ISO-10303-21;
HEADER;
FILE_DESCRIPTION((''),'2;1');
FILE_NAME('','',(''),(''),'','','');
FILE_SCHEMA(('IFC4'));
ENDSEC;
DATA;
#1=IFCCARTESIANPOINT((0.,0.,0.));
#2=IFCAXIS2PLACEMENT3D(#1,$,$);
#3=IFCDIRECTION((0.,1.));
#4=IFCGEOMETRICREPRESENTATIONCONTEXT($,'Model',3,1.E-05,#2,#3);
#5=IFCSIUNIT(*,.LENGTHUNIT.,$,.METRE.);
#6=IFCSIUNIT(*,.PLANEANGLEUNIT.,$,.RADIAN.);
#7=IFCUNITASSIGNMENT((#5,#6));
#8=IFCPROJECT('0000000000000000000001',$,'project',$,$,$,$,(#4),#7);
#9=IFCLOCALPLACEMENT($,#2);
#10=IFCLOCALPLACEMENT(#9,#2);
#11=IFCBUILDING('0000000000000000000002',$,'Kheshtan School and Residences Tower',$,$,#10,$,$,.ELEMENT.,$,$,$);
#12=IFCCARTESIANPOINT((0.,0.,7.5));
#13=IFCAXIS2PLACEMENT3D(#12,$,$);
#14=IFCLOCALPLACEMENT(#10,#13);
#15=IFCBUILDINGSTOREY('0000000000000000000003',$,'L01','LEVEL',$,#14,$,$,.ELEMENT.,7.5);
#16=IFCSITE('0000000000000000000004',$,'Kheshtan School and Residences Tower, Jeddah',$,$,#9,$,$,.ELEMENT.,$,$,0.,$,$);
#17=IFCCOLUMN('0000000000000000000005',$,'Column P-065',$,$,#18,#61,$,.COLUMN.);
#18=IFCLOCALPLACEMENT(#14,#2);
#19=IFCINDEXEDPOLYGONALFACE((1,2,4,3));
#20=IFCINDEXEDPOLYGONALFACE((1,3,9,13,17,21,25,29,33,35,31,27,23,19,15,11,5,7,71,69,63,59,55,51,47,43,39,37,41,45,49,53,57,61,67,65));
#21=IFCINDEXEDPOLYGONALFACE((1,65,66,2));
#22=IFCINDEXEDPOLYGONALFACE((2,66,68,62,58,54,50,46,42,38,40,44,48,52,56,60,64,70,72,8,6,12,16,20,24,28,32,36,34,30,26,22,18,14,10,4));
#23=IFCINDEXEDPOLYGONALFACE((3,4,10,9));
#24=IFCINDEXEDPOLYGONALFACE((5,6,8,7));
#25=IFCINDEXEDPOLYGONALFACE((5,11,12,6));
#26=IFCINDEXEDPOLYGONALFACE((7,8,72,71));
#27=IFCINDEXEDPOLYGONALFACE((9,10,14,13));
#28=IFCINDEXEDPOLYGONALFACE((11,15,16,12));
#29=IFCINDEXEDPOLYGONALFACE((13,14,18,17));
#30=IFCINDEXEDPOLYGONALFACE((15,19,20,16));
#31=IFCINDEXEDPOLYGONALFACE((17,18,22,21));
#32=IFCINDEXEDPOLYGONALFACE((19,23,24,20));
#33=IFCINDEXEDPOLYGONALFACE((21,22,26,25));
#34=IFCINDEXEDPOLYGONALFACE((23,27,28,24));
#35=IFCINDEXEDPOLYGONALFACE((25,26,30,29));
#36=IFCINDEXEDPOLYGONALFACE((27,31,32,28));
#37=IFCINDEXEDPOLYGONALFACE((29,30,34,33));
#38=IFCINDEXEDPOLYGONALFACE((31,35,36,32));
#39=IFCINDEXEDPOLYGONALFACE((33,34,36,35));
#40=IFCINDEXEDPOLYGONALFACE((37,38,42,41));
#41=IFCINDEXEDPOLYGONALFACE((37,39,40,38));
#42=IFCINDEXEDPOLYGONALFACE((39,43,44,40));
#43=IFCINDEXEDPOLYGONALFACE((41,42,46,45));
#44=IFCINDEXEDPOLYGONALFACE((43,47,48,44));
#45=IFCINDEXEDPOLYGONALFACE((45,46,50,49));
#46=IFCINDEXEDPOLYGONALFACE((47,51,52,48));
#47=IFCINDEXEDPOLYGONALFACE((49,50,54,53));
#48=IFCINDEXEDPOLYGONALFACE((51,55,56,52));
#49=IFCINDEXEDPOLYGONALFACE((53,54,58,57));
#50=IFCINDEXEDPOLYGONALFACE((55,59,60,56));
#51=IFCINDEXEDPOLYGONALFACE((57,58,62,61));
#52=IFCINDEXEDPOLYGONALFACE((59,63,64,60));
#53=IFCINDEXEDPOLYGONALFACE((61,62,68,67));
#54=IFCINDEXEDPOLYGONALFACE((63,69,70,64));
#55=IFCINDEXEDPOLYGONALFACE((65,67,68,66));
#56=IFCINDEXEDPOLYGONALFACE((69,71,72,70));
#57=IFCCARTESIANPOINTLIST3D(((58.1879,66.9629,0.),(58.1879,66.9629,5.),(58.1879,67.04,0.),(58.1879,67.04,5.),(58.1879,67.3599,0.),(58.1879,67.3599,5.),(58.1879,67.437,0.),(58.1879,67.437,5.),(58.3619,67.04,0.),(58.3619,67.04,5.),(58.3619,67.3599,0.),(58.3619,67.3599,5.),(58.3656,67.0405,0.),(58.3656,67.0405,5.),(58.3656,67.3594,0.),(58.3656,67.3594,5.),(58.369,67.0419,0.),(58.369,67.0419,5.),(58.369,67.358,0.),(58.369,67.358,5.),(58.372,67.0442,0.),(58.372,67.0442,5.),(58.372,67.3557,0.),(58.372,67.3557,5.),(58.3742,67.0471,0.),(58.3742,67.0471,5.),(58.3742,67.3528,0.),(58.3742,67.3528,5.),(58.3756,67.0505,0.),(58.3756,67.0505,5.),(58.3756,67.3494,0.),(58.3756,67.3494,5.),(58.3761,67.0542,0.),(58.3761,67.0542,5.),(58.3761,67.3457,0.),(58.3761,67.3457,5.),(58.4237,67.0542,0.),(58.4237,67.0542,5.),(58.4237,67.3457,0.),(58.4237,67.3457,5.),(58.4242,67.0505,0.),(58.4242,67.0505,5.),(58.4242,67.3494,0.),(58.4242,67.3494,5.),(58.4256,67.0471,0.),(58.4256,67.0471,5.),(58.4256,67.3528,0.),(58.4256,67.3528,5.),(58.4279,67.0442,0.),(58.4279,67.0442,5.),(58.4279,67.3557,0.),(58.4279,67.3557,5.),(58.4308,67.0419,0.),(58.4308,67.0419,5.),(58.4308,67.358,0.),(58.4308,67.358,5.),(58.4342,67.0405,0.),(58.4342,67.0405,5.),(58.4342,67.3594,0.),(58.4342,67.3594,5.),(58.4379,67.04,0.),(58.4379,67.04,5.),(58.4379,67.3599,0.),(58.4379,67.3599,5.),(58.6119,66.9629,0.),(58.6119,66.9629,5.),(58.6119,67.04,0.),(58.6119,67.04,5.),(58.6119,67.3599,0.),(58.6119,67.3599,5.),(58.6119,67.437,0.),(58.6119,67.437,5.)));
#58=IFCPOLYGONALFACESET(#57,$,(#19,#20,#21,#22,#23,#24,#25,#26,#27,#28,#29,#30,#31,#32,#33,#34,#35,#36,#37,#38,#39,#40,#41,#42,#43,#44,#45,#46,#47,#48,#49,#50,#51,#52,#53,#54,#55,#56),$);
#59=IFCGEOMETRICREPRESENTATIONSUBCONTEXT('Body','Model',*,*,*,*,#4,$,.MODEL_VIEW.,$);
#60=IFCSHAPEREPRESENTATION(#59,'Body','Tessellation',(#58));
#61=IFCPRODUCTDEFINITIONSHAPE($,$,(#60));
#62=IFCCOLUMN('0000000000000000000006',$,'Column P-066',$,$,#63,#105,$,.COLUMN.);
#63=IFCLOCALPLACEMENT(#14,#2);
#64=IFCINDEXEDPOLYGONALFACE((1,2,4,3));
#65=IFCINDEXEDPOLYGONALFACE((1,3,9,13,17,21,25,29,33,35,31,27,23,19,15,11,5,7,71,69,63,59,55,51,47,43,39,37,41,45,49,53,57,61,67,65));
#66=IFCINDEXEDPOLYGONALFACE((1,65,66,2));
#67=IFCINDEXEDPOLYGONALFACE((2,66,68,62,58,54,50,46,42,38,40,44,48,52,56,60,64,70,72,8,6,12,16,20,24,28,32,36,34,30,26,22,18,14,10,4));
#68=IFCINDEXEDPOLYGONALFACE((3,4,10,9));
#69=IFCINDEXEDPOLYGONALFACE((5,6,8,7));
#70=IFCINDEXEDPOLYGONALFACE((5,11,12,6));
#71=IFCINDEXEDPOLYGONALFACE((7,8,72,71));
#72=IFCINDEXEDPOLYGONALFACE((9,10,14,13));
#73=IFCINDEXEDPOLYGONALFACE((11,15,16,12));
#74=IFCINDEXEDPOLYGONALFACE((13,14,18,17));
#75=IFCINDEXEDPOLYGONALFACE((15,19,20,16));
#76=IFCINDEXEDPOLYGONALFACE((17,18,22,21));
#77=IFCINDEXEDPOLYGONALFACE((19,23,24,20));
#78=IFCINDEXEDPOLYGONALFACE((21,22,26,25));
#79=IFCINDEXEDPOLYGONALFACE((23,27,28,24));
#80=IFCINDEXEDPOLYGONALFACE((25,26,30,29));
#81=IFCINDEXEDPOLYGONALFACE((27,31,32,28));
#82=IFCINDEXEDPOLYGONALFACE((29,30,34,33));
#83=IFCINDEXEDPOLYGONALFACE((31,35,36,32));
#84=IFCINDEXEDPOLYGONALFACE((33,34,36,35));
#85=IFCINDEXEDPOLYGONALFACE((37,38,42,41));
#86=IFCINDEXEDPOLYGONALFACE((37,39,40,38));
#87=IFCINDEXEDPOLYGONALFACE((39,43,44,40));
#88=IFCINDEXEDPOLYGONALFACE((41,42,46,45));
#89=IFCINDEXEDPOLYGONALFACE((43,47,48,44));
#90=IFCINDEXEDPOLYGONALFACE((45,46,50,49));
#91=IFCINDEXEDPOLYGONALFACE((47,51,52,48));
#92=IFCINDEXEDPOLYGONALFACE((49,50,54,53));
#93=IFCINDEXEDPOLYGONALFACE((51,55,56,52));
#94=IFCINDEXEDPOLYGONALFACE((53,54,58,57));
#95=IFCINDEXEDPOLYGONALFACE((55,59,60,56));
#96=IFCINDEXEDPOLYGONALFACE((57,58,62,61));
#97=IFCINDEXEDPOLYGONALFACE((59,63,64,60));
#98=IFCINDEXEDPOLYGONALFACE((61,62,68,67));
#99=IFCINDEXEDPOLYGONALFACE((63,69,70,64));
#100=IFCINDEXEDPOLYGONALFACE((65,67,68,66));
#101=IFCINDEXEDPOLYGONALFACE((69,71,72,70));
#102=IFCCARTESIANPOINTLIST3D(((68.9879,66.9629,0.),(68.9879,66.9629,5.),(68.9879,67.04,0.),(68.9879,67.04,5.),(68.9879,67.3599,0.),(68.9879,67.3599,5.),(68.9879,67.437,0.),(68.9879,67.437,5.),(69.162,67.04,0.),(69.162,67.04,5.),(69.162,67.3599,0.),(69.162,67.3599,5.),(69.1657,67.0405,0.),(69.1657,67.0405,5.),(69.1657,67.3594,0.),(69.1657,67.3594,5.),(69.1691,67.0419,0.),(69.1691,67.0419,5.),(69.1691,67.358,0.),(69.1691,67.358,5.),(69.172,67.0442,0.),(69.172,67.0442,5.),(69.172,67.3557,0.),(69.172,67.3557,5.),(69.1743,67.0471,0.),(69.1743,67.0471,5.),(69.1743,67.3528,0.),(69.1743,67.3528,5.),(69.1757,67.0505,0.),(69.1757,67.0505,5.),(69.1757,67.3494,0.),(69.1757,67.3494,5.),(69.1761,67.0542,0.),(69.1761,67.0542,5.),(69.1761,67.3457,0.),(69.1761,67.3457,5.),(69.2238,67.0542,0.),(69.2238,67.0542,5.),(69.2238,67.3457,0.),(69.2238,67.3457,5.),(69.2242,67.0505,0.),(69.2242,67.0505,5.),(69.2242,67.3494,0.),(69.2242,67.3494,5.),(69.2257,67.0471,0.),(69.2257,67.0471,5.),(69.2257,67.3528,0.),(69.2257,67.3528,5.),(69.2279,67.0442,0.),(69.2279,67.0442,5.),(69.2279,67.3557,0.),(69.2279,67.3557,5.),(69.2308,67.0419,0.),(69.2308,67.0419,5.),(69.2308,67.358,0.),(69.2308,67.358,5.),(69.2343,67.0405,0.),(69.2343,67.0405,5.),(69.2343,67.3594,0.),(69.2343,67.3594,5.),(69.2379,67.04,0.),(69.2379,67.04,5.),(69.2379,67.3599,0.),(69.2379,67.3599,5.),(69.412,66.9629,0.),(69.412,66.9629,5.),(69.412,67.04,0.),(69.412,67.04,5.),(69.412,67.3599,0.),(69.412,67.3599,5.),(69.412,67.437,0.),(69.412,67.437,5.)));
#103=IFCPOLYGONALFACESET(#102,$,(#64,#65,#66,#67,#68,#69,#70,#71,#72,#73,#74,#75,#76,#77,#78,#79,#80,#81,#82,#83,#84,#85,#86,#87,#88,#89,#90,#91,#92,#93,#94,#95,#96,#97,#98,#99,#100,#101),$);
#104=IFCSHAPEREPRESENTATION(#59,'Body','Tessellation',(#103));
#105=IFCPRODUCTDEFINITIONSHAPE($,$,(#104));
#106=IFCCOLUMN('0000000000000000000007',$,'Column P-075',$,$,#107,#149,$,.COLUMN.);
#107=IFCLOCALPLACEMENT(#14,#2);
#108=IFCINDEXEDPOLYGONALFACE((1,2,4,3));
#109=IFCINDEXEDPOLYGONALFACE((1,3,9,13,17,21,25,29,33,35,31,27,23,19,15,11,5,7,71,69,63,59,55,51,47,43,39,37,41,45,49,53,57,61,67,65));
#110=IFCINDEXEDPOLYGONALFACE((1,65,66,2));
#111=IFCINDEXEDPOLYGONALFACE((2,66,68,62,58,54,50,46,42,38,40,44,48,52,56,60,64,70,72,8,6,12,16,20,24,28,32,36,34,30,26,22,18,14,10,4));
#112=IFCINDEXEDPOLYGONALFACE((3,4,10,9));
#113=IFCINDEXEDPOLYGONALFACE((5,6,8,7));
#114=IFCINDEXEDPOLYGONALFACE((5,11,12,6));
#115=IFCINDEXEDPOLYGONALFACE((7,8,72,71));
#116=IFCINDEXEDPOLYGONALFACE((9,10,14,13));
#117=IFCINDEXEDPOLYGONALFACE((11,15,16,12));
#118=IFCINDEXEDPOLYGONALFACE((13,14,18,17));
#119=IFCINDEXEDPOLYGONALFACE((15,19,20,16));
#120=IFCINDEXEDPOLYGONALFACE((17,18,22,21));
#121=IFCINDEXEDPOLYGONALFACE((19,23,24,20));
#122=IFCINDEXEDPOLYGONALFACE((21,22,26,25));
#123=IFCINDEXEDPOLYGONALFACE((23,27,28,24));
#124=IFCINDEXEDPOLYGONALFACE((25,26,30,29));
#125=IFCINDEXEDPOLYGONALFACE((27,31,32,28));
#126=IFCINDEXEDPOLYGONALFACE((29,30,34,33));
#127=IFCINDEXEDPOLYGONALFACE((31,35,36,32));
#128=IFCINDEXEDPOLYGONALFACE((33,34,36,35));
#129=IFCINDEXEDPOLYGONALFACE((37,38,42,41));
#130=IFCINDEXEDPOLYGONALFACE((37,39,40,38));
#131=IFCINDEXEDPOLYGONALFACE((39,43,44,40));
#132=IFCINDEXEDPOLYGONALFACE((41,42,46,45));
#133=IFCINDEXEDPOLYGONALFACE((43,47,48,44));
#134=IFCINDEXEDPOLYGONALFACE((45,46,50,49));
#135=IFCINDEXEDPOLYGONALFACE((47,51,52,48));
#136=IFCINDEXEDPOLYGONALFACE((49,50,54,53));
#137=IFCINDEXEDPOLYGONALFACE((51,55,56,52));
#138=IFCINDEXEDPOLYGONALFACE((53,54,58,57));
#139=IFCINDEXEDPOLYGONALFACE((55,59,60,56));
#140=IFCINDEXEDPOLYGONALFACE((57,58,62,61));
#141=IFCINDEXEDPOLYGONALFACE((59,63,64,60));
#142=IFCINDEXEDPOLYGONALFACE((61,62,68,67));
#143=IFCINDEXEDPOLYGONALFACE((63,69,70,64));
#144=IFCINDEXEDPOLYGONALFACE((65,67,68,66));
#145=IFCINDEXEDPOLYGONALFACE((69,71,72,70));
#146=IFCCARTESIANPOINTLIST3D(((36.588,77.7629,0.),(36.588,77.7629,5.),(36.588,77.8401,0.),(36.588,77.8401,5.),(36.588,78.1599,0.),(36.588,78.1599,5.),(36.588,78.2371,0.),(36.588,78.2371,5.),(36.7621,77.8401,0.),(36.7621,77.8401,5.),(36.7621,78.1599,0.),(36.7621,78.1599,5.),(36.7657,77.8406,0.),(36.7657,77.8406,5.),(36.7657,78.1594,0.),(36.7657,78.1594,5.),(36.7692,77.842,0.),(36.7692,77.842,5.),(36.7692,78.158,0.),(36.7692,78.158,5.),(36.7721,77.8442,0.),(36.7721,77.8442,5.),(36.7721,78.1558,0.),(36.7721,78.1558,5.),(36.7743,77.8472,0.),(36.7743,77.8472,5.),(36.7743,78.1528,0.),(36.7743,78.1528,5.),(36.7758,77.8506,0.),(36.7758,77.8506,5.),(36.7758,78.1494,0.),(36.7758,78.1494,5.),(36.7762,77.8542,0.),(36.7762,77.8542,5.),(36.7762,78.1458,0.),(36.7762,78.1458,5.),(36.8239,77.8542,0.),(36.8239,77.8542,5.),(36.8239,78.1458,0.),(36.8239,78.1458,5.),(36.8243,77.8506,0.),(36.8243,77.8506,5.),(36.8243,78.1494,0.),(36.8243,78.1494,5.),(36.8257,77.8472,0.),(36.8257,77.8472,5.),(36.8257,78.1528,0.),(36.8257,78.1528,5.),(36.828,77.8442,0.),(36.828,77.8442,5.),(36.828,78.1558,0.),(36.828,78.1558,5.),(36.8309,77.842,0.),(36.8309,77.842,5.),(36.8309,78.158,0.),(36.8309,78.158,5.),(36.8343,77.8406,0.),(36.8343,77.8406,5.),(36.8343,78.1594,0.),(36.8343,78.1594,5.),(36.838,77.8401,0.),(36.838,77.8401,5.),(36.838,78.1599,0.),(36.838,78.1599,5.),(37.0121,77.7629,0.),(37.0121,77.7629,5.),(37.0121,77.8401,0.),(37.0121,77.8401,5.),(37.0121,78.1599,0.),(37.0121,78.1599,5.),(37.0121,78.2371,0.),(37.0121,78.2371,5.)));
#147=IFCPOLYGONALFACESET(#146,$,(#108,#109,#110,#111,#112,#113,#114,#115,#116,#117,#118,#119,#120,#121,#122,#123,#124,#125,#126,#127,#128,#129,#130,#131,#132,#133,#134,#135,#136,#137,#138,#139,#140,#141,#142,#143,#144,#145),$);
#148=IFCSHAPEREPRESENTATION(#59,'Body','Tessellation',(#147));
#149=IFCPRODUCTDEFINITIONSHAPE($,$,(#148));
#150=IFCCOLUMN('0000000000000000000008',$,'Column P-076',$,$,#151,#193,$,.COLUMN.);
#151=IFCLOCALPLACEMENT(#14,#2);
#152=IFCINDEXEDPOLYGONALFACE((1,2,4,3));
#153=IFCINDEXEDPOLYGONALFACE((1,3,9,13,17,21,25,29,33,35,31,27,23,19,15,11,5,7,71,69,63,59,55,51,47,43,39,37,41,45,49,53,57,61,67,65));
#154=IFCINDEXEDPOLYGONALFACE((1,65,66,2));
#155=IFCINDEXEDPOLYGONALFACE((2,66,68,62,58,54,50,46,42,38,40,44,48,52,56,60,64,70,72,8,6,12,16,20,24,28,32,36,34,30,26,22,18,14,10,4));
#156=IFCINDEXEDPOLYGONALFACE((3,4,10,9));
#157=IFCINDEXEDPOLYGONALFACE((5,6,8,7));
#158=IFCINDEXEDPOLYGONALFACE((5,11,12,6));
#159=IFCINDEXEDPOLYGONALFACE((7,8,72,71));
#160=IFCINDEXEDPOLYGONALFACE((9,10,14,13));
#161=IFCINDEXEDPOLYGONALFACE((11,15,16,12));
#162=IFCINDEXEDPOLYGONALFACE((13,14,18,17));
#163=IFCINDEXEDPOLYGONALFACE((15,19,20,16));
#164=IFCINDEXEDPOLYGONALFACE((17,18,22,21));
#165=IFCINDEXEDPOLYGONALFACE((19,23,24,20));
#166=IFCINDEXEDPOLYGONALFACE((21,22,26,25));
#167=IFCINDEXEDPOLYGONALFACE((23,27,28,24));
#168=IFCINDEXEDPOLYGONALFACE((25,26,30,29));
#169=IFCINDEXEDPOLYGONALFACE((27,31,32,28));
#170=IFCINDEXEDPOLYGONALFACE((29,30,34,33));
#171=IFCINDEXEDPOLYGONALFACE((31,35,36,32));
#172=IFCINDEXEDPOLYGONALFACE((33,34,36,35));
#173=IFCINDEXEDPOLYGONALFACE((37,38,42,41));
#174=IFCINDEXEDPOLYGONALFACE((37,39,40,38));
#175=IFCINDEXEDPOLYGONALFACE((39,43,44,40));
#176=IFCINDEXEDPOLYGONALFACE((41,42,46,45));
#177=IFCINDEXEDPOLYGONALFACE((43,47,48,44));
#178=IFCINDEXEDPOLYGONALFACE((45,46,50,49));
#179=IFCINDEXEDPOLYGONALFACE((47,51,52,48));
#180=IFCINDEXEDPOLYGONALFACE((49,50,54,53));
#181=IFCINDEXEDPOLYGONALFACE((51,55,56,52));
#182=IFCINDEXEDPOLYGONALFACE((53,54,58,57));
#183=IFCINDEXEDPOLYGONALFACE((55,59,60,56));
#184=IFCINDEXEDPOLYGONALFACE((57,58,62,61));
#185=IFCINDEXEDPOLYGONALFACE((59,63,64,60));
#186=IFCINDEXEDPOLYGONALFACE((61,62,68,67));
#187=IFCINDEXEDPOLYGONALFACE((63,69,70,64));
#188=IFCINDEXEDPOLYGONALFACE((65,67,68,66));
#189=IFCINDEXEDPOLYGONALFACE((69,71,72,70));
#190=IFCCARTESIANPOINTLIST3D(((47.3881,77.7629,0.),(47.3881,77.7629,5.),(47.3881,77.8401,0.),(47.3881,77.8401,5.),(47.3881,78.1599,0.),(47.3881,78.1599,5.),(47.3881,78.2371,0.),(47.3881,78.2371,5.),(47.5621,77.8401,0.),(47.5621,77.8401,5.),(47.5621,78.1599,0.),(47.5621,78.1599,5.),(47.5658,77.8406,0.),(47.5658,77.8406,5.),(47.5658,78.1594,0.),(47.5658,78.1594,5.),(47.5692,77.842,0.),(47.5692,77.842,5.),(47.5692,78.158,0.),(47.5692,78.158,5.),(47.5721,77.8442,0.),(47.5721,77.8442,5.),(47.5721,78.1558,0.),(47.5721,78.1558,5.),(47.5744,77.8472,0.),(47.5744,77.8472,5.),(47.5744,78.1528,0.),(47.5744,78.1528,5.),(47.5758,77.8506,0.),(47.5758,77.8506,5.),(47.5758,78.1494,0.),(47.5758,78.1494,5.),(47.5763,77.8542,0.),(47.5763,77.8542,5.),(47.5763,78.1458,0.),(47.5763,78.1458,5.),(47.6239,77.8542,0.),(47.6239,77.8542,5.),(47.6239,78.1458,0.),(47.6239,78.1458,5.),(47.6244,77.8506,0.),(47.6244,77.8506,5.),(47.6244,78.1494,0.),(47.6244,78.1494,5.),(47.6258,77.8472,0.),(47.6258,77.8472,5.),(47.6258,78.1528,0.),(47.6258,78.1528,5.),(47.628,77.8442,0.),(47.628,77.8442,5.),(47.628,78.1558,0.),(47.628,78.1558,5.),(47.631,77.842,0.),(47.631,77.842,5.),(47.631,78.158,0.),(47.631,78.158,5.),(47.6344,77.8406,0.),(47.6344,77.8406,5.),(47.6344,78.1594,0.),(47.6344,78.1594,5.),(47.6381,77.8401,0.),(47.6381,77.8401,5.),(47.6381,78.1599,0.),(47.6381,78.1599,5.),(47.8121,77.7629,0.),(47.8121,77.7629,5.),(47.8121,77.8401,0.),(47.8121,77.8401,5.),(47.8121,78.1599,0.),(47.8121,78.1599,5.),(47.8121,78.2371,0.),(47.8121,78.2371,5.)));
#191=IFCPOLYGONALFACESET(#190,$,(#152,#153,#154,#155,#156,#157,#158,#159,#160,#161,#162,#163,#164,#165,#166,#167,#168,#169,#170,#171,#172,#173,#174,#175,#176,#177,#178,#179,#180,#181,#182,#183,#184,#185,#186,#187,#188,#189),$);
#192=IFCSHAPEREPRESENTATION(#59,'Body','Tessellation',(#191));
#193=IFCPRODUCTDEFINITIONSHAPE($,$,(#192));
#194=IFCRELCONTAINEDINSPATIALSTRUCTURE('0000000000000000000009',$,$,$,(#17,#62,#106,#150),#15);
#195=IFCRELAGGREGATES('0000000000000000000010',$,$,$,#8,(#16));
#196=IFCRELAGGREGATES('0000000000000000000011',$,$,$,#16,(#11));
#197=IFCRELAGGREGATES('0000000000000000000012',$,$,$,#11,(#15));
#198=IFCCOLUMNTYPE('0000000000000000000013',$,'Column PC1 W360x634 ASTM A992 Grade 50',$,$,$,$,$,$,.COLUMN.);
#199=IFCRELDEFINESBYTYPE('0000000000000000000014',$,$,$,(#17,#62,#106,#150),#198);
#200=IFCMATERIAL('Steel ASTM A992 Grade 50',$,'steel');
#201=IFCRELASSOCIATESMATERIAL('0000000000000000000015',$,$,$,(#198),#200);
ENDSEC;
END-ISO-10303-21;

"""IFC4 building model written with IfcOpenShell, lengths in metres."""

from ifc_helpers import new_model, si_unit, direction, frame, origin, origin_2d, place, context, subcontext, project, spatial, i_section, extrude, material, material_profile, profile_set, type_object, element, save


model = new_model("IFC4")

# Units and contexts
model_context = context("Model", 3, precision=1e-05, world=origin(), true_north=direction((0.0, 1.0)))
body_context = subcontext(model_context, "Body", "Model", "MODEL_VIEW")
ifc_project = project(units=[si_unit("LENGTHUNIT", "METRE"), si_unit("PLANEANGLEUNIT", "RADIAN")], contexts=[model_context])

# Site, building, storey
site_placement = place(None, origin())
site = spatial("IfcSite", under=ifc_project, at=site_placement, Name="Kheshtan School and Residences Tower, Jeddah", CompositionType="ELEMENT", RefElevation=0.0)
building_placement = place(site_placement, origin())
building = spatial("IfcBuilding", under=site, at=building_placement, Name="Kheshtan School and Residences Tower", CompositionType="ELEMENT")
storey_placement = place(building_placement, frame((0.0, 0.0, 7.5)))
storey = spatial("IfcBuildingStorey", under=building, at=storey_placement, Name="L01", Description="LEVEL", CompositionType="ELEMENT", Elevation=7.5)

# Columns
ifc_material_1 = material(Name="Steel ASTM A992 Grade 50", Category="steel")
ifc_material_profile_1 = material_profile(ifc_material_1, i_section(OverallWidth=0.4241, OverallDepth=0.4741, WebThickness=0.0476, FlangeThickness=0.0771, FilletRadius=0.0142, at=origin_2d()), Name="W360x634")
ifc_profile_set_1 = profile_set([ifc_material_profile_1], Name="Steel ASTM A992 Grade 50")
column_type = type_object("IfcColumnType", Name="Column PC1 W360x634 ASTM A992 Grade 50", PredefinedType="COLUMN", material=ifc_profile_set_1)
for number, where, z_axis, x_axis, name in (
    (1, (58.3999, 67.2, 0.0), (0.0, 0.0, 1.0), (1.0, 0.0, 0.0), "Column P-065"),
    (2, (69.2, 67.2, 0.0), (0.0, 0.0, 1.0), (1.0, 0.0, 0.0), "Column P-066"),
    (3, (36.8, 78.0, 0.0), (0.0, 0.0, 1.0), (1.0, 0.0, 0.0), "Column P-075"),
    (4, (47.6001, 78.0, 0.0), (0.0, 0.0, 1.0), (1.0, 0.0, 0.0), "Column P-076"),
):
    element("IfcColumn", number, at=place(storey_placement, frame(where, z_axis=z_axis, x_axis=x_axis)), inside=storey, type_object=column_type, Name=name, PredefinedType="COLUMN", context=body_context, shape_type="SweptSolid", body=[
        extrude(i_section(OverallWidth=0.4241, OverallDepth=0.4741, WebThickness=0.0476, FlangeThickness=0.0771, FilletRadius=0.0142, at=origin_2d()), origin(), (0.0, 0.0, 1.0), 5.0),
    ])

save(model, "model.ifc")
